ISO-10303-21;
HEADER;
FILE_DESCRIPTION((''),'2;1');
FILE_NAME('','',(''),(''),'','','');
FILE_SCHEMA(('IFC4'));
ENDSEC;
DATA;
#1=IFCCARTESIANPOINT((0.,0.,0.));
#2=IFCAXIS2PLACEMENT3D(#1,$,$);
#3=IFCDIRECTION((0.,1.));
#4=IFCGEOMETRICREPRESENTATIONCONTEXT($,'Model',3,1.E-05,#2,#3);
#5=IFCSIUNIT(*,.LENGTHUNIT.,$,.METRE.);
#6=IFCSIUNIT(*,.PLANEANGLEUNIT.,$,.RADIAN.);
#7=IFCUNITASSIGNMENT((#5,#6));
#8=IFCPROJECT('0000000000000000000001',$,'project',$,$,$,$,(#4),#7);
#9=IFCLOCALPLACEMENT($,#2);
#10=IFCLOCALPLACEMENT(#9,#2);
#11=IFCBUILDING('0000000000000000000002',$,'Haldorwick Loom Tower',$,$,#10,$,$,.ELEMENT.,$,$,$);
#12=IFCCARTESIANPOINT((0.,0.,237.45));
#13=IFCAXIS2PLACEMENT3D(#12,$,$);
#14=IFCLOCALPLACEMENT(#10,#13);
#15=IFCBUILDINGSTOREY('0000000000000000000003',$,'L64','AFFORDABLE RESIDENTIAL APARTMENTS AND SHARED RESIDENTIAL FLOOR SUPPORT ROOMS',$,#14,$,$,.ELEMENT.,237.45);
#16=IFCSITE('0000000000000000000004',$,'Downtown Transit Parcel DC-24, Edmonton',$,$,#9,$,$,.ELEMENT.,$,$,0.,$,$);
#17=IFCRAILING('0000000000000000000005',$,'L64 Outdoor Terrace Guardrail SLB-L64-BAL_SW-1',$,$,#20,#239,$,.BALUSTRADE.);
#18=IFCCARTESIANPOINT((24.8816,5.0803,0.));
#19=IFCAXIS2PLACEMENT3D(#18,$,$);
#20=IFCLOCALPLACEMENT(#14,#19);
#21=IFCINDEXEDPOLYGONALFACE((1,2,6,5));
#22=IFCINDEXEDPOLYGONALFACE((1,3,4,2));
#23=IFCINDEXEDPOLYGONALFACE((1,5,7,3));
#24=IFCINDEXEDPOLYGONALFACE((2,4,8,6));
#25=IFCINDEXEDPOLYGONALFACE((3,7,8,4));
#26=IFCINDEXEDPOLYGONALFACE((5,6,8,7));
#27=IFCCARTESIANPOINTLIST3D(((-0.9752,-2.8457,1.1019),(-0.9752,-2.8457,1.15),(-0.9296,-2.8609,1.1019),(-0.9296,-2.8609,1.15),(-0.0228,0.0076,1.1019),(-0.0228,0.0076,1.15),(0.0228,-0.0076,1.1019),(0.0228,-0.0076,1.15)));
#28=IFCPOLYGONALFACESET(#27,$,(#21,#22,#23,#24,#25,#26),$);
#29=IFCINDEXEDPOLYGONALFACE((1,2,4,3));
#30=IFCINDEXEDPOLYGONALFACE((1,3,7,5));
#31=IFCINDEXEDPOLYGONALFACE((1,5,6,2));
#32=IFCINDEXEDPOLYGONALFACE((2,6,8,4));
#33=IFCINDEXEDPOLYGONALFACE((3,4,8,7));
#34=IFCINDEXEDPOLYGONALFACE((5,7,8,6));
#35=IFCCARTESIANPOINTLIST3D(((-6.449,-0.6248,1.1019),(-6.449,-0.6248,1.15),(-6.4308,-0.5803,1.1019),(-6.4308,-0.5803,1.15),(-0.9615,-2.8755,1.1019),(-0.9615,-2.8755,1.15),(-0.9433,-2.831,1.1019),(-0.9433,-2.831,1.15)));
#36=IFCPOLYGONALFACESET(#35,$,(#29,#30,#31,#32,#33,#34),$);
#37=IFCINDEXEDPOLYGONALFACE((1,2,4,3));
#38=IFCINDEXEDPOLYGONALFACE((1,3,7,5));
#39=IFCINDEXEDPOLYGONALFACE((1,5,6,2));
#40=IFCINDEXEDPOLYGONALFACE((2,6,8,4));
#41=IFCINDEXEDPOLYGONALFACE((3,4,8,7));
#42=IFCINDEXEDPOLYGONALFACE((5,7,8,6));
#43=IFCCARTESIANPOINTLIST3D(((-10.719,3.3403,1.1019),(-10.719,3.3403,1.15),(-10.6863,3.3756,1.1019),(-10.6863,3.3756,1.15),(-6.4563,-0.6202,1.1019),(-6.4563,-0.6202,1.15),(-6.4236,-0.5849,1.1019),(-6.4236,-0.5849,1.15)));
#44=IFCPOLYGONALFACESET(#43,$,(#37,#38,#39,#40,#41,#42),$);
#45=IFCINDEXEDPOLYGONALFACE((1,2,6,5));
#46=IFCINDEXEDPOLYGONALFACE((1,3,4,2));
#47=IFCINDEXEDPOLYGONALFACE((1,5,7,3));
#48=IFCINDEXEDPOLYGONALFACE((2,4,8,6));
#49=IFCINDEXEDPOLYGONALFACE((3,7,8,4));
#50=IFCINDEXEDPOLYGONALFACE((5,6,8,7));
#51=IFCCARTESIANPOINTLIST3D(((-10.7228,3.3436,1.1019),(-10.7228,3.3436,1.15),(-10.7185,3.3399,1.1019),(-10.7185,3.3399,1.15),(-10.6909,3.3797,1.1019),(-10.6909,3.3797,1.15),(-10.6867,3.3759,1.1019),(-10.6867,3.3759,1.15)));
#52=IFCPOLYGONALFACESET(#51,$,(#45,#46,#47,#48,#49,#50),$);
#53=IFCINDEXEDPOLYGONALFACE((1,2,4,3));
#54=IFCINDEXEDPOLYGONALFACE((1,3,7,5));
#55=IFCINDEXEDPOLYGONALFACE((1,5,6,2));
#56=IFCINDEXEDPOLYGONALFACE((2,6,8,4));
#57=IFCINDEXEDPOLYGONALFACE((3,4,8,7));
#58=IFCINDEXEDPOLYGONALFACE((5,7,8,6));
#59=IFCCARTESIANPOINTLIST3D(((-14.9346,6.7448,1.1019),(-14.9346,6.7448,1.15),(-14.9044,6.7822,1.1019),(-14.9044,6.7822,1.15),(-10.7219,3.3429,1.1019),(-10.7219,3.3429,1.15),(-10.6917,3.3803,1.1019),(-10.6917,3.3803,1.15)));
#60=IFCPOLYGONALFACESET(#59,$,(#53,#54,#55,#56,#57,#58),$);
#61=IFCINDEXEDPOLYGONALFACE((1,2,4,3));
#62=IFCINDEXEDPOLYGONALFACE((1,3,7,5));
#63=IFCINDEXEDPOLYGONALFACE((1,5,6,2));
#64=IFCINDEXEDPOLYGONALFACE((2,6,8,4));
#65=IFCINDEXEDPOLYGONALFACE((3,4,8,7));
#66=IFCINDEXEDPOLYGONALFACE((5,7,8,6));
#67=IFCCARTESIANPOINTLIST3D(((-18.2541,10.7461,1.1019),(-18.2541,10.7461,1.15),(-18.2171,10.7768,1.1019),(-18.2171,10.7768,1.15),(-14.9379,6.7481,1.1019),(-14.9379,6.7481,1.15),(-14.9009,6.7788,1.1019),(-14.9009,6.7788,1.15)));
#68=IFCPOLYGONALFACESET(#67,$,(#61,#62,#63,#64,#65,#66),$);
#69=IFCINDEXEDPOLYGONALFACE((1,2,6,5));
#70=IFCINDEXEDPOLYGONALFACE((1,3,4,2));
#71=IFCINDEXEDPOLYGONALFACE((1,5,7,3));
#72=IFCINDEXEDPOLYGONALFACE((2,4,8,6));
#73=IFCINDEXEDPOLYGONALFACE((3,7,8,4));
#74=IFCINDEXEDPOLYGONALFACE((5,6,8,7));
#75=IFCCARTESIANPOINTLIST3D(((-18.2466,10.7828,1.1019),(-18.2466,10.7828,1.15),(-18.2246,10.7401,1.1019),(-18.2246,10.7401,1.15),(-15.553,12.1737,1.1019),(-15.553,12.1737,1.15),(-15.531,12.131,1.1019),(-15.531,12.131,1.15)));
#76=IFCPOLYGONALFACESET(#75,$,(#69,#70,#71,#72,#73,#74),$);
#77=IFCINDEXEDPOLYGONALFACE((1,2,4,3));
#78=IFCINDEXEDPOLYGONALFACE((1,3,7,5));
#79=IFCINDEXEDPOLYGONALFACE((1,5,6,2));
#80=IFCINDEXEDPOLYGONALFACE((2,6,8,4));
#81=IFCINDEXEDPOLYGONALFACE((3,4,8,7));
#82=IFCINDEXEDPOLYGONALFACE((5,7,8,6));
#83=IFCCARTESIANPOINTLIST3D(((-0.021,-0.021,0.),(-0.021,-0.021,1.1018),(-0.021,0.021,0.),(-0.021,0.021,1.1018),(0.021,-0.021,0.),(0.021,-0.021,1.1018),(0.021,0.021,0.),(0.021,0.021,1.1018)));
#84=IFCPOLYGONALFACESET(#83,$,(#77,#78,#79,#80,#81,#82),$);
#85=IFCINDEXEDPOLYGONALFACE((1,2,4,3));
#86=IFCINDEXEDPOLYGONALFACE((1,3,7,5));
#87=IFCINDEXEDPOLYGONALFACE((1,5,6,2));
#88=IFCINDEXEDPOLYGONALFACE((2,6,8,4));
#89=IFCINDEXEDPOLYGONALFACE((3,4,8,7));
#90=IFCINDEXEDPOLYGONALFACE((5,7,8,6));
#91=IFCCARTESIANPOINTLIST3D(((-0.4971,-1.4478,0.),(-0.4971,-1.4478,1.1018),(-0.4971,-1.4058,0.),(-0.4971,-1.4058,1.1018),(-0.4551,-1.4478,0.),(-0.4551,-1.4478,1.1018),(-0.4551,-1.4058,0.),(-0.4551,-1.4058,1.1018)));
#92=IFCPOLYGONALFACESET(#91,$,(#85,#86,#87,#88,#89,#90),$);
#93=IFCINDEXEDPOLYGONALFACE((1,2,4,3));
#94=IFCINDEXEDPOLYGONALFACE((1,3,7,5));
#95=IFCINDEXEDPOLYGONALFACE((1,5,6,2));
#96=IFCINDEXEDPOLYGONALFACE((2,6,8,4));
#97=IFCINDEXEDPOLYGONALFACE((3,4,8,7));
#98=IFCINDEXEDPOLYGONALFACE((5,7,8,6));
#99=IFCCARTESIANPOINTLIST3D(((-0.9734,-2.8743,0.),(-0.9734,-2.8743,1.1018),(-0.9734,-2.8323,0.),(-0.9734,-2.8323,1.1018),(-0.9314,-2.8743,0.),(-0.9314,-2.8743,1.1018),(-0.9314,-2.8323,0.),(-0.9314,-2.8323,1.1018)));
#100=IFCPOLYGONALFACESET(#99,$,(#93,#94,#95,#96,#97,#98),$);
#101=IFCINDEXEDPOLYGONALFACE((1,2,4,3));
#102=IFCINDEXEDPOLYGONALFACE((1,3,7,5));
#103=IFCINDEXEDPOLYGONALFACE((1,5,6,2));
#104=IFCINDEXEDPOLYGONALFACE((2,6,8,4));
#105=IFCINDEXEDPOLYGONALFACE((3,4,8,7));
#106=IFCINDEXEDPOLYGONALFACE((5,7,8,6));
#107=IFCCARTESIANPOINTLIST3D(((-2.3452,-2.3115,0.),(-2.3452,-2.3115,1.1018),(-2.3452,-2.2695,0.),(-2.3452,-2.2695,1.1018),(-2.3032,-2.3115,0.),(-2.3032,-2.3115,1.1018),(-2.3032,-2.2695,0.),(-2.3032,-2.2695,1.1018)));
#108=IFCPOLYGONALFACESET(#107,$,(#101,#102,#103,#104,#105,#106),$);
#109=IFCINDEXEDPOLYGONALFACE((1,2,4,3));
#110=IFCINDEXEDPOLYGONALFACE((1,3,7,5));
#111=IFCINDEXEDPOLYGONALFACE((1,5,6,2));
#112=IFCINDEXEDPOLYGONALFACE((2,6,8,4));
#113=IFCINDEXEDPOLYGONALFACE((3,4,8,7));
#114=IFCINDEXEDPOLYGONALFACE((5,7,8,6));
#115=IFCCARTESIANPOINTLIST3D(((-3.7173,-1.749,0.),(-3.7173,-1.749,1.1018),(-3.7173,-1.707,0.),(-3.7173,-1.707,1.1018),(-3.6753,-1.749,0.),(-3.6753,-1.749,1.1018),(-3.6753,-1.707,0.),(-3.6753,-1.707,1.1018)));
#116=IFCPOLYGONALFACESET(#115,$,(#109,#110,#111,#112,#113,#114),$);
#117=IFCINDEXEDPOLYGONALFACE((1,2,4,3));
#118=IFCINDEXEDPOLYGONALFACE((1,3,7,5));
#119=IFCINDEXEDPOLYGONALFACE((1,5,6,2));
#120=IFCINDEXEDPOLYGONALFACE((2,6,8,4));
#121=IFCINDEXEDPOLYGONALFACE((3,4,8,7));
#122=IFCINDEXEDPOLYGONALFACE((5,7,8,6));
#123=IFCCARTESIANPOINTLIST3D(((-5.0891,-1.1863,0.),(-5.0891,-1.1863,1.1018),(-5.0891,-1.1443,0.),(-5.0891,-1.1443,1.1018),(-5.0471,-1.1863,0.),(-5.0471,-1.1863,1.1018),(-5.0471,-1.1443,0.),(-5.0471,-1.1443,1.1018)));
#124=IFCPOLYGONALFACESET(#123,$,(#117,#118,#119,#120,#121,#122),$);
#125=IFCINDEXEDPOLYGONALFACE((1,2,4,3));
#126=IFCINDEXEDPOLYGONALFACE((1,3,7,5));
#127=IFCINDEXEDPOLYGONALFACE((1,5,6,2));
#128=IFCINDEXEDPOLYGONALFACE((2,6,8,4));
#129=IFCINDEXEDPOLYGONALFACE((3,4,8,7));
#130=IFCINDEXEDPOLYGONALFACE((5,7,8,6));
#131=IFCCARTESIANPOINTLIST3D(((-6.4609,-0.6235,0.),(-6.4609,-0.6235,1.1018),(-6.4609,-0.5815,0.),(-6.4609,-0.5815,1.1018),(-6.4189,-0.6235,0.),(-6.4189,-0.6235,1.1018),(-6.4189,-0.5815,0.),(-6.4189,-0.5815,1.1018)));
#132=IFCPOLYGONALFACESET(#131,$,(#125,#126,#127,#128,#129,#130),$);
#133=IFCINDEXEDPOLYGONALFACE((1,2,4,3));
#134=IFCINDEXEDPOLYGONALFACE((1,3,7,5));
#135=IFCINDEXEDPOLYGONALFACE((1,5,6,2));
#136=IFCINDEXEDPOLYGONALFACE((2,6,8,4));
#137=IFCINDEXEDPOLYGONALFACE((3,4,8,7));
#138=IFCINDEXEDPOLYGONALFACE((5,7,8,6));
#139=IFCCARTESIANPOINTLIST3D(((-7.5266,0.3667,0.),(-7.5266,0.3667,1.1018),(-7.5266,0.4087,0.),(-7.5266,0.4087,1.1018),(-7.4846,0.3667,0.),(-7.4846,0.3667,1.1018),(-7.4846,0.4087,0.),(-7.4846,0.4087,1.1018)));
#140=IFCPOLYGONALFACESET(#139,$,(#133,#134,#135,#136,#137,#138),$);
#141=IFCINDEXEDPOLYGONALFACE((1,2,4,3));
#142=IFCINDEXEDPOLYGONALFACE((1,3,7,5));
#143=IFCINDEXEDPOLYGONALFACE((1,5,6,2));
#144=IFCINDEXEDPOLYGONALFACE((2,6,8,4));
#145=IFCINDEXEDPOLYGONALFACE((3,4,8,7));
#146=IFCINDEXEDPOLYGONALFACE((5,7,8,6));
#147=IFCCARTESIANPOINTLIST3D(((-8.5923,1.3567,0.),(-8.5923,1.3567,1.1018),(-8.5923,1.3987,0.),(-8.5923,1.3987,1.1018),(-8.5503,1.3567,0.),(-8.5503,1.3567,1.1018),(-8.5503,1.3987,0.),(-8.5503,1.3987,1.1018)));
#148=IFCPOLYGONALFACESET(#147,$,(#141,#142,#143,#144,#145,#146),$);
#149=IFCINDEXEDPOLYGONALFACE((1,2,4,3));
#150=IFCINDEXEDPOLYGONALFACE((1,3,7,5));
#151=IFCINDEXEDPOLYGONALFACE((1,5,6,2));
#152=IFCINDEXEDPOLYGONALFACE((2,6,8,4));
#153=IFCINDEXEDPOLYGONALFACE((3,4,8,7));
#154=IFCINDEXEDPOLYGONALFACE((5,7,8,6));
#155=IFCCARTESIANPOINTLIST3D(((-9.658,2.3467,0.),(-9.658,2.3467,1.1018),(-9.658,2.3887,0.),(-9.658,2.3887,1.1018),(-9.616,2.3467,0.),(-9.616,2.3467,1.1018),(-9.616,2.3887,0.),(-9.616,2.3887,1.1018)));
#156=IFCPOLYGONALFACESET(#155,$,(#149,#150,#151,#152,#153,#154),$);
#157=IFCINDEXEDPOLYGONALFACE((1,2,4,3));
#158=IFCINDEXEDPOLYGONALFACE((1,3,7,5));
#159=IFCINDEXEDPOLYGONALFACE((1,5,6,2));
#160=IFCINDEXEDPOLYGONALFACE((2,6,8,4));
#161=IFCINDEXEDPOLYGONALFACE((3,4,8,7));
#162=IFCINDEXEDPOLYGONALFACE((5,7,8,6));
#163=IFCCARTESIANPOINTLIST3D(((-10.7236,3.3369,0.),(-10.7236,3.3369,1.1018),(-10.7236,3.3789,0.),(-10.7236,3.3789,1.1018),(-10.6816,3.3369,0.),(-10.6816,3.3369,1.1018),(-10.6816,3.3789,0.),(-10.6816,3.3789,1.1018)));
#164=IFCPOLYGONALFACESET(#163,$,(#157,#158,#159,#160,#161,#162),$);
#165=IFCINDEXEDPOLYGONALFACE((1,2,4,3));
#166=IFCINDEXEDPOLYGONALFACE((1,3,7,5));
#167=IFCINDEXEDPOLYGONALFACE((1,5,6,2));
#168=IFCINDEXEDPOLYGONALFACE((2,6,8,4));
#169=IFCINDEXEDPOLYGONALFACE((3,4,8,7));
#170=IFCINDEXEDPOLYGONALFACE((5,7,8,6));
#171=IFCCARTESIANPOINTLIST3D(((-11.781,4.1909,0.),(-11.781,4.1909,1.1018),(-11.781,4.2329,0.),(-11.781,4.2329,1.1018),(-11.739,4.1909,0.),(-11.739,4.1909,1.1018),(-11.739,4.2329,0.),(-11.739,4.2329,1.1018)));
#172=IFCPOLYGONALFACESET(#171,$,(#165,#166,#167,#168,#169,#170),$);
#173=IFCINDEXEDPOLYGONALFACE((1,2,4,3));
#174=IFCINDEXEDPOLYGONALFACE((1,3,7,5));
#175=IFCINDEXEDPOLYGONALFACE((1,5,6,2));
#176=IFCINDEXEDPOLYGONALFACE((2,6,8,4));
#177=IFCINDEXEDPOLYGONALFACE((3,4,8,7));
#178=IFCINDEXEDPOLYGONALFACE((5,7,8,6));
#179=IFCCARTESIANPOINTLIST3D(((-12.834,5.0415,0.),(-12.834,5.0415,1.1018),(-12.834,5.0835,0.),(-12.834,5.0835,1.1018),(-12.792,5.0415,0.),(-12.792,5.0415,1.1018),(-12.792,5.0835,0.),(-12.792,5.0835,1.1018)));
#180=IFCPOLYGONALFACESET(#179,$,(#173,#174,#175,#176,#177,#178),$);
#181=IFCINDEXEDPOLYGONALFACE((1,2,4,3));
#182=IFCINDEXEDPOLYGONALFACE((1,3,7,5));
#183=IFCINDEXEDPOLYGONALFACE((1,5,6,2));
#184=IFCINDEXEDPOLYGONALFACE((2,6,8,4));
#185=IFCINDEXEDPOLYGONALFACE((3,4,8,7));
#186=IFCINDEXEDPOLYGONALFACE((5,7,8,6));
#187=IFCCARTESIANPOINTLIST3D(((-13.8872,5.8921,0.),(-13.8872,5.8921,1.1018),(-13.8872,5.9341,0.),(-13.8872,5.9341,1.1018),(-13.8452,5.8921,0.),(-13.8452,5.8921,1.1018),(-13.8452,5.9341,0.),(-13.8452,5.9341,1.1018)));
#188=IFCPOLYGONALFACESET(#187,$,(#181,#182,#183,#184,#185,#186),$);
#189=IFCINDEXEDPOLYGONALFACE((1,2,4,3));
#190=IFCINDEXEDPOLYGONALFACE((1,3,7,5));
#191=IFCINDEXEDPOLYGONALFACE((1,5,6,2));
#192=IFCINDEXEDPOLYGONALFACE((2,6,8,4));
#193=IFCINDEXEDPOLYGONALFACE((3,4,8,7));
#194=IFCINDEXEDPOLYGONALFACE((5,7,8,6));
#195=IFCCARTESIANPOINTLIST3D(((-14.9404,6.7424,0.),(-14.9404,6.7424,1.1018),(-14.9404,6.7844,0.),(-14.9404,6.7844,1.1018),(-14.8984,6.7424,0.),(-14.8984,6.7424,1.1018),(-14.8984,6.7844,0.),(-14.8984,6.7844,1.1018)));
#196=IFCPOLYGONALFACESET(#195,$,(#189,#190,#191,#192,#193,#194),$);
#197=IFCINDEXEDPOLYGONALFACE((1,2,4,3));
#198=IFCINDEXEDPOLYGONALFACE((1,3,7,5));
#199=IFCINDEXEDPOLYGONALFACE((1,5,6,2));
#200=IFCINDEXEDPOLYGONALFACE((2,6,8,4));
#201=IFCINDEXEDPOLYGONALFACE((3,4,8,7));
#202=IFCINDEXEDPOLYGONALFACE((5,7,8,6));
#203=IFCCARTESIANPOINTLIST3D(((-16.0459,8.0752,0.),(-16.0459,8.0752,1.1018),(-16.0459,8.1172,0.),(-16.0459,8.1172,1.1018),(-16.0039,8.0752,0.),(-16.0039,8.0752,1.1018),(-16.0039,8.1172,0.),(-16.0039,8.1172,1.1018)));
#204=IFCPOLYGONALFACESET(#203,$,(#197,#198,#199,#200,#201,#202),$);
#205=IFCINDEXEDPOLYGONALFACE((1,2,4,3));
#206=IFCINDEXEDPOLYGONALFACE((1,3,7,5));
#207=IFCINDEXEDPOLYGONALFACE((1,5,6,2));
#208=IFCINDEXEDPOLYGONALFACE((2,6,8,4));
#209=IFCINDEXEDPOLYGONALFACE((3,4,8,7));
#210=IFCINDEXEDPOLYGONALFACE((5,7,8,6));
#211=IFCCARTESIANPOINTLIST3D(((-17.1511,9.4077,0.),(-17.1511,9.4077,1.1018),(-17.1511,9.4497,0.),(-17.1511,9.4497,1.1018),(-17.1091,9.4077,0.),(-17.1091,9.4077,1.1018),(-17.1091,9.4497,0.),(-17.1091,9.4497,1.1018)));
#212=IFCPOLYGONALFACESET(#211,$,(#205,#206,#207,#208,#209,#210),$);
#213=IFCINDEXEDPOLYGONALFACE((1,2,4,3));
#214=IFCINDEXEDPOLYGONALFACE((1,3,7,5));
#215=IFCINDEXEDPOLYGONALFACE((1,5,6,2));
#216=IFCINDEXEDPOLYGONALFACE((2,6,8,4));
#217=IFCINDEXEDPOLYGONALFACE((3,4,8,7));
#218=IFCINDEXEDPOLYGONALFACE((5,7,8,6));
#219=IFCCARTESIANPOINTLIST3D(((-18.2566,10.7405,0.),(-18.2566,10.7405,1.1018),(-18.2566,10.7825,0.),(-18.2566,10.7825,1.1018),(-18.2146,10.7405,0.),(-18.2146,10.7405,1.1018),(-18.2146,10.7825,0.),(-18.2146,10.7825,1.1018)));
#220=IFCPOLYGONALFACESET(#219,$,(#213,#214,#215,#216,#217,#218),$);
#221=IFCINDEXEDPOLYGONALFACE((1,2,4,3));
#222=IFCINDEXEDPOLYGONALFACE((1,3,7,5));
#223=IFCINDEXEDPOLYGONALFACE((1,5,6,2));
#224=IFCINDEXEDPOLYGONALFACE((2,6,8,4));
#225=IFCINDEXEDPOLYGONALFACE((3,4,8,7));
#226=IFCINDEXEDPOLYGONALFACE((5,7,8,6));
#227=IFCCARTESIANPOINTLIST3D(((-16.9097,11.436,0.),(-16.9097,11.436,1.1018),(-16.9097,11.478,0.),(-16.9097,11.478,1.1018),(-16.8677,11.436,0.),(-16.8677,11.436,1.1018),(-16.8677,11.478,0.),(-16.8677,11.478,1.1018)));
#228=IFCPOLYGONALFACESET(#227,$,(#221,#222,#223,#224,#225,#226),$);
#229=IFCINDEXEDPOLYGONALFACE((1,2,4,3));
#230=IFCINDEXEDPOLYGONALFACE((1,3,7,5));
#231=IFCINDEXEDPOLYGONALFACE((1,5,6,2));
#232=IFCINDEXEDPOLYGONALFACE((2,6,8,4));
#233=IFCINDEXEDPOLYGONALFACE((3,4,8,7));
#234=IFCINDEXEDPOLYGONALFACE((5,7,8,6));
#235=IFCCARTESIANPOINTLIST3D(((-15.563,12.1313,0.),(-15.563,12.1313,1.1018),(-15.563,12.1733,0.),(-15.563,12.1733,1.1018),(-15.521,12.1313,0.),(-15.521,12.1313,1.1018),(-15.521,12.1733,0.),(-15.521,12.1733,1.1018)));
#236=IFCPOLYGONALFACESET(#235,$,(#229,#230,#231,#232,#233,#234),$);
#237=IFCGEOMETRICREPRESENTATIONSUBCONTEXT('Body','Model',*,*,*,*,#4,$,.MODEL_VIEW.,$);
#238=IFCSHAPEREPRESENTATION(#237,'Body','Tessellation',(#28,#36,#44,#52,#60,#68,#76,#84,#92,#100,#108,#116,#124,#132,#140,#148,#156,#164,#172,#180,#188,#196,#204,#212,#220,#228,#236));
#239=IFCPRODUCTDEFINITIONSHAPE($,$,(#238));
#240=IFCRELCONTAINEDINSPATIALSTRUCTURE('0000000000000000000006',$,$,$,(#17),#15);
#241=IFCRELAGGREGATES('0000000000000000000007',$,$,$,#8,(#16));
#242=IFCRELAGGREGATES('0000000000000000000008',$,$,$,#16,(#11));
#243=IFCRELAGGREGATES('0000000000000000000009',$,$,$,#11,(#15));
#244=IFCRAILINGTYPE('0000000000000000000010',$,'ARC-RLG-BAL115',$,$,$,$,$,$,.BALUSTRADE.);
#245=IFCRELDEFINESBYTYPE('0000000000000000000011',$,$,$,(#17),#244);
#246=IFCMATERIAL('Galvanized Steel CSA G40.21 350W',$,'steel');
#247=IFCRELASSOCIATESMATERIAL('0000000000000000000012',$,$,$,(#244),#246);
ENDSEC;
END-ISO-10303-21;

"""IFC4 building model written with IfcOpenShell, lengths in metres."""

from ifc_helpers import new_model, si_unit, direction, frame, origin, origin_2d, place, context, subcontext, project, spatial, rectangle, extrude, material, type_object, element, save


model = new_model("IFC4")

# Units and contexts
model_context = context("Model", 3, precision=1e-05, world=origin(), true_north=direction((0.0, 1.0)))
body_context = subcontext(model_context, "Body", "Model", "MODEL_VIEW")
ifc_project = project(units=[si_unit("LENGTHUNIT", "METRE"), si_unit("PLANEANGLEUNIT", "RADIAN")], contexts=[model_context])

# Site, building, storey
site_placement = place(None, origin())
site = spatial("IfcSite", under=ifc_project, at=site_placement, Name="Downtown Transit Parcel DC-24, Edmonton", CompositionType="ELEMENT", RefElevation=0.0)
building_placement = place(site_placement, origin())
building = spatial("IfcBuilding", under=site, at=building_placement, Name="Haldorwick Loom Tower", CompositionType="ELEMENT")
storey_placement = place(building_placement, frame((0.0, 0.0, 237.45)))
storey = spatial("IfcBuildingStorey", under=building, at=storey_placement, Name="L64", Description="AFFORDABLE RESIDENTIAL APARTMENTS AND SHARED RESIDENTIAL FLOOR SUPPORT ROOMS", CompositionType="ELEMENT", Elevation=237.45)

# Railing
ifc_material_1 = material(Name="Galvanized Steel CSA G40.21 350W", Category="steel")
railing_type = type_object("IfcRailingType", Name="ARC-RLG-BAL115", PredefinedType="BALUSTRADE", material=ifc_material_1)
railing_placement = place(storey_placement, frame((24.8816, 5.0803, 0.0)))
element("IfcRailing", 1, at=railing_placement, inside=storey, type_object=railing_type, Name="L64 Outdoor Terrace Guardrail SLB-L64-BAL_SW-1", PredefinedType="BALUSTRADE", context=body_context, shape_type="SweptSolid", body=[
    extrude(rectangle(XDim=0.0481, YDim=0.0481, at=origin_2d()), frame((0.0, 0.0, 1.126), z_axis=(-0.316617, -0.948553, 0.0), x_axis=(0.948553, -0.316617, 0.0)), (0.0, 0.0, 1.0), 3.0081),
    extrude(rectangle(XDim=0.0481, YDim=0.0481, at=origin_2d()), frame((-0.9524, -2.8533, 1.126), z_axis=(-0.925202, 0.379474, 0.0), x_axis=(-0.379474, -0.925202, 0.0)), (0.0, 0.0, 1.0), 5.9312),
    extrude(rectangle(XDim=0.0481, YDim=0.0481, at=origin_2d()), frame((-6.4399, -0.6025, 1.126), z_axis=(-0.732602, 0.680657, 0.0), x_axis=(-0.680657, -0.732602, 0.0)), (0.0, 0.0, 1.0), 5.8186),
    extrude(rectangle(XDim=0.0481, YDim=0.0481, at=origin_2d()), frame((-10.7026, 3.3579, 1.126), z_axis=(-0.749838, 0.661622, 0.0), x_axis=(-0.661622, -0.749838, 0.0)), (0.0, 0.0, 1.0), 0.0056),
    extrude(rectangle(XDim=0.0481, YDim=0.0481, at=origin_2d()), frame((-10.7068, 3.3616, 1.126), z_axis=(-0.778001, 0.628263, 0.0), x_axis=(-0.628263, -0.778001, 0.0)), (0.0, 0.0, 1.0), 5.4148),
    extrude(rectangle(XDim=0.0481, YDim=0.0481, at=origin_2d()), frame((-14.9194, 6.7634, 1.126), z_axis=(-0.638417, 0.769691, 0.0), x_axis=(-0.769691, -0.638417, 0.0)), (0.0, 0.0, 1.0), 5.1943),
    extrude(rectangle(XDim=0.0481, YDim=0.0481, at=origin_2d()), frame((-18.2356, 10.7615, 1.126), z_axis=(0.888537, 0.458805, 0.0), x_axis=(-0.458805, 0.888537, 0.0)), (0.0, 0.0, 1.0), 3.0315),
    extrude(rectangle(XDim=0.042, YDim=0.042, at=origin_2d()), origin(), (0.0, 0.0, 1.0), 1.1018),
    extrude(rectangle(XDim=0.042, YDim=0.042, at=origin_2d()), frame((-0.4761, -1.4268, 0.0)), (0.0, 0.0, 1.0), 1.1018),
    extrude(rectangle(XDim=0.042, YDim=0.042, at=origin_2d()), frame((-0.9524, -2.8533, 0.0)), (0.0, 0.0, 1.0), 1.1018),
    extrude(rectangle(XDim=0.042, YDim=0.042, at=origin_2d()), frame((-2.3242, -2.2905, 0.0)), (0.0, 0.0, 1.0), 1.1018),
    extrude(rectangle(XDim=0.042, YDim=0.042, at=origin_2d()), frame((-3.6963, -1.728, 0.0)), (0.0, 0.0, 1.0), 1.1018),
    extrude(rectangle(XDim=0.042, YDim=0.042, at=origin_2d()), frame((-5.0681, -1.1653, 0.0)), (0.0, 0.0, 1.0), 1.1018),
    extrude(rectangle(XDim=0.042, YDim=0.042, at=origin_2d()), frame((-6.4399, -0.6025, 0.0)), (0.0, 0.0, 1.0), 1.1018),
    extrude(rectangle(XDim=0.042, YDim=0.042, at=origin_2d()), frame((-7.5056, 0.3877, 0.0)), (0.0, 0.0, 1.0), 1.1018),
    extrude(rectangle(XDim=0.042, YDim=0.042, at=origin_2d()), frame((-8.5713, 1.3777, 0.0)), (0.0, 0.0, 1.0), 1.1018),
    extrude(rectangle(XDim=0.042, YDim=0.042, at=origin_2d()), frame((-9.637, 2.3677, 0.0)), (0.0, 0.0, 1.0), 1.1018),
    extrude(rectangle(XDim=0.042, YDim=0.042, at=origin_2d()), frame((-10.7026, 3.3579, 0.0)), (0.0, 0.0, 1.0), 1.1018),
    extrude(rectangle(XDim=0.042, YDim=0.042, at=origin_2d()), frame((-11.76, 4.2119, 0.0)), (0.0, 0.0, 1.0), 1.1018),
    extrude(rectangle(XDim=0.042, YDim=0.042, at=origin_2d()), frame((-12.813, 5.0625, 0.0)), (0.0, 0.0, 1.0), 1.1018),
    extrude(rectangle(XDim=0.042, YDim=0.042, at=origin_2d()), frame((-13.8662, 5.9131, 0.0)), (0.0, 0.0, 1.0), 1.1018),
    extrude(rectangle(XDim=0.042, YDim=0.042, at=origin_2d()), frame((-14.9194, 6.7634, 0.0)), (0.0, 0.0, 1.0), 1.1018),
    extrude(rectangle(XDim=0.042, YDim=0.042, at=origin_2d()), frame((-16.0249, 8.0962, 0.0)), (0.0, 0.0, 1.0), 1.1018),
    extrude(rectangle(XDim=0.042, YDim=0.042, at=origin_2d()), frame((-17.1301, 9.4287, 0.0)), (0.0, 0.0, 1.0), 1.1018),
    extrude(rectangle(XDim=0.042, YDim=0.042, at=origin_2d()), frame((-18.2356, 10.7615, 0.0)), (0.0, 0.0, 1.0), 1.1018),
    extrude(rectangle(XDim=0.042, YDim=0.042, at=origin_2d()), frame((-16.8887, 11.457, 0.0)), (0.0, 0.0, 1.0), 1.1018),
    extrude(rectangle(XDim=0.042, YDim=0.042, at=origin_2d()), frame((-15.542, 12.1523, 0.0)), (0.0, 0.0, 1.0), 1.1018),
])

save(model, "model.ifc")
